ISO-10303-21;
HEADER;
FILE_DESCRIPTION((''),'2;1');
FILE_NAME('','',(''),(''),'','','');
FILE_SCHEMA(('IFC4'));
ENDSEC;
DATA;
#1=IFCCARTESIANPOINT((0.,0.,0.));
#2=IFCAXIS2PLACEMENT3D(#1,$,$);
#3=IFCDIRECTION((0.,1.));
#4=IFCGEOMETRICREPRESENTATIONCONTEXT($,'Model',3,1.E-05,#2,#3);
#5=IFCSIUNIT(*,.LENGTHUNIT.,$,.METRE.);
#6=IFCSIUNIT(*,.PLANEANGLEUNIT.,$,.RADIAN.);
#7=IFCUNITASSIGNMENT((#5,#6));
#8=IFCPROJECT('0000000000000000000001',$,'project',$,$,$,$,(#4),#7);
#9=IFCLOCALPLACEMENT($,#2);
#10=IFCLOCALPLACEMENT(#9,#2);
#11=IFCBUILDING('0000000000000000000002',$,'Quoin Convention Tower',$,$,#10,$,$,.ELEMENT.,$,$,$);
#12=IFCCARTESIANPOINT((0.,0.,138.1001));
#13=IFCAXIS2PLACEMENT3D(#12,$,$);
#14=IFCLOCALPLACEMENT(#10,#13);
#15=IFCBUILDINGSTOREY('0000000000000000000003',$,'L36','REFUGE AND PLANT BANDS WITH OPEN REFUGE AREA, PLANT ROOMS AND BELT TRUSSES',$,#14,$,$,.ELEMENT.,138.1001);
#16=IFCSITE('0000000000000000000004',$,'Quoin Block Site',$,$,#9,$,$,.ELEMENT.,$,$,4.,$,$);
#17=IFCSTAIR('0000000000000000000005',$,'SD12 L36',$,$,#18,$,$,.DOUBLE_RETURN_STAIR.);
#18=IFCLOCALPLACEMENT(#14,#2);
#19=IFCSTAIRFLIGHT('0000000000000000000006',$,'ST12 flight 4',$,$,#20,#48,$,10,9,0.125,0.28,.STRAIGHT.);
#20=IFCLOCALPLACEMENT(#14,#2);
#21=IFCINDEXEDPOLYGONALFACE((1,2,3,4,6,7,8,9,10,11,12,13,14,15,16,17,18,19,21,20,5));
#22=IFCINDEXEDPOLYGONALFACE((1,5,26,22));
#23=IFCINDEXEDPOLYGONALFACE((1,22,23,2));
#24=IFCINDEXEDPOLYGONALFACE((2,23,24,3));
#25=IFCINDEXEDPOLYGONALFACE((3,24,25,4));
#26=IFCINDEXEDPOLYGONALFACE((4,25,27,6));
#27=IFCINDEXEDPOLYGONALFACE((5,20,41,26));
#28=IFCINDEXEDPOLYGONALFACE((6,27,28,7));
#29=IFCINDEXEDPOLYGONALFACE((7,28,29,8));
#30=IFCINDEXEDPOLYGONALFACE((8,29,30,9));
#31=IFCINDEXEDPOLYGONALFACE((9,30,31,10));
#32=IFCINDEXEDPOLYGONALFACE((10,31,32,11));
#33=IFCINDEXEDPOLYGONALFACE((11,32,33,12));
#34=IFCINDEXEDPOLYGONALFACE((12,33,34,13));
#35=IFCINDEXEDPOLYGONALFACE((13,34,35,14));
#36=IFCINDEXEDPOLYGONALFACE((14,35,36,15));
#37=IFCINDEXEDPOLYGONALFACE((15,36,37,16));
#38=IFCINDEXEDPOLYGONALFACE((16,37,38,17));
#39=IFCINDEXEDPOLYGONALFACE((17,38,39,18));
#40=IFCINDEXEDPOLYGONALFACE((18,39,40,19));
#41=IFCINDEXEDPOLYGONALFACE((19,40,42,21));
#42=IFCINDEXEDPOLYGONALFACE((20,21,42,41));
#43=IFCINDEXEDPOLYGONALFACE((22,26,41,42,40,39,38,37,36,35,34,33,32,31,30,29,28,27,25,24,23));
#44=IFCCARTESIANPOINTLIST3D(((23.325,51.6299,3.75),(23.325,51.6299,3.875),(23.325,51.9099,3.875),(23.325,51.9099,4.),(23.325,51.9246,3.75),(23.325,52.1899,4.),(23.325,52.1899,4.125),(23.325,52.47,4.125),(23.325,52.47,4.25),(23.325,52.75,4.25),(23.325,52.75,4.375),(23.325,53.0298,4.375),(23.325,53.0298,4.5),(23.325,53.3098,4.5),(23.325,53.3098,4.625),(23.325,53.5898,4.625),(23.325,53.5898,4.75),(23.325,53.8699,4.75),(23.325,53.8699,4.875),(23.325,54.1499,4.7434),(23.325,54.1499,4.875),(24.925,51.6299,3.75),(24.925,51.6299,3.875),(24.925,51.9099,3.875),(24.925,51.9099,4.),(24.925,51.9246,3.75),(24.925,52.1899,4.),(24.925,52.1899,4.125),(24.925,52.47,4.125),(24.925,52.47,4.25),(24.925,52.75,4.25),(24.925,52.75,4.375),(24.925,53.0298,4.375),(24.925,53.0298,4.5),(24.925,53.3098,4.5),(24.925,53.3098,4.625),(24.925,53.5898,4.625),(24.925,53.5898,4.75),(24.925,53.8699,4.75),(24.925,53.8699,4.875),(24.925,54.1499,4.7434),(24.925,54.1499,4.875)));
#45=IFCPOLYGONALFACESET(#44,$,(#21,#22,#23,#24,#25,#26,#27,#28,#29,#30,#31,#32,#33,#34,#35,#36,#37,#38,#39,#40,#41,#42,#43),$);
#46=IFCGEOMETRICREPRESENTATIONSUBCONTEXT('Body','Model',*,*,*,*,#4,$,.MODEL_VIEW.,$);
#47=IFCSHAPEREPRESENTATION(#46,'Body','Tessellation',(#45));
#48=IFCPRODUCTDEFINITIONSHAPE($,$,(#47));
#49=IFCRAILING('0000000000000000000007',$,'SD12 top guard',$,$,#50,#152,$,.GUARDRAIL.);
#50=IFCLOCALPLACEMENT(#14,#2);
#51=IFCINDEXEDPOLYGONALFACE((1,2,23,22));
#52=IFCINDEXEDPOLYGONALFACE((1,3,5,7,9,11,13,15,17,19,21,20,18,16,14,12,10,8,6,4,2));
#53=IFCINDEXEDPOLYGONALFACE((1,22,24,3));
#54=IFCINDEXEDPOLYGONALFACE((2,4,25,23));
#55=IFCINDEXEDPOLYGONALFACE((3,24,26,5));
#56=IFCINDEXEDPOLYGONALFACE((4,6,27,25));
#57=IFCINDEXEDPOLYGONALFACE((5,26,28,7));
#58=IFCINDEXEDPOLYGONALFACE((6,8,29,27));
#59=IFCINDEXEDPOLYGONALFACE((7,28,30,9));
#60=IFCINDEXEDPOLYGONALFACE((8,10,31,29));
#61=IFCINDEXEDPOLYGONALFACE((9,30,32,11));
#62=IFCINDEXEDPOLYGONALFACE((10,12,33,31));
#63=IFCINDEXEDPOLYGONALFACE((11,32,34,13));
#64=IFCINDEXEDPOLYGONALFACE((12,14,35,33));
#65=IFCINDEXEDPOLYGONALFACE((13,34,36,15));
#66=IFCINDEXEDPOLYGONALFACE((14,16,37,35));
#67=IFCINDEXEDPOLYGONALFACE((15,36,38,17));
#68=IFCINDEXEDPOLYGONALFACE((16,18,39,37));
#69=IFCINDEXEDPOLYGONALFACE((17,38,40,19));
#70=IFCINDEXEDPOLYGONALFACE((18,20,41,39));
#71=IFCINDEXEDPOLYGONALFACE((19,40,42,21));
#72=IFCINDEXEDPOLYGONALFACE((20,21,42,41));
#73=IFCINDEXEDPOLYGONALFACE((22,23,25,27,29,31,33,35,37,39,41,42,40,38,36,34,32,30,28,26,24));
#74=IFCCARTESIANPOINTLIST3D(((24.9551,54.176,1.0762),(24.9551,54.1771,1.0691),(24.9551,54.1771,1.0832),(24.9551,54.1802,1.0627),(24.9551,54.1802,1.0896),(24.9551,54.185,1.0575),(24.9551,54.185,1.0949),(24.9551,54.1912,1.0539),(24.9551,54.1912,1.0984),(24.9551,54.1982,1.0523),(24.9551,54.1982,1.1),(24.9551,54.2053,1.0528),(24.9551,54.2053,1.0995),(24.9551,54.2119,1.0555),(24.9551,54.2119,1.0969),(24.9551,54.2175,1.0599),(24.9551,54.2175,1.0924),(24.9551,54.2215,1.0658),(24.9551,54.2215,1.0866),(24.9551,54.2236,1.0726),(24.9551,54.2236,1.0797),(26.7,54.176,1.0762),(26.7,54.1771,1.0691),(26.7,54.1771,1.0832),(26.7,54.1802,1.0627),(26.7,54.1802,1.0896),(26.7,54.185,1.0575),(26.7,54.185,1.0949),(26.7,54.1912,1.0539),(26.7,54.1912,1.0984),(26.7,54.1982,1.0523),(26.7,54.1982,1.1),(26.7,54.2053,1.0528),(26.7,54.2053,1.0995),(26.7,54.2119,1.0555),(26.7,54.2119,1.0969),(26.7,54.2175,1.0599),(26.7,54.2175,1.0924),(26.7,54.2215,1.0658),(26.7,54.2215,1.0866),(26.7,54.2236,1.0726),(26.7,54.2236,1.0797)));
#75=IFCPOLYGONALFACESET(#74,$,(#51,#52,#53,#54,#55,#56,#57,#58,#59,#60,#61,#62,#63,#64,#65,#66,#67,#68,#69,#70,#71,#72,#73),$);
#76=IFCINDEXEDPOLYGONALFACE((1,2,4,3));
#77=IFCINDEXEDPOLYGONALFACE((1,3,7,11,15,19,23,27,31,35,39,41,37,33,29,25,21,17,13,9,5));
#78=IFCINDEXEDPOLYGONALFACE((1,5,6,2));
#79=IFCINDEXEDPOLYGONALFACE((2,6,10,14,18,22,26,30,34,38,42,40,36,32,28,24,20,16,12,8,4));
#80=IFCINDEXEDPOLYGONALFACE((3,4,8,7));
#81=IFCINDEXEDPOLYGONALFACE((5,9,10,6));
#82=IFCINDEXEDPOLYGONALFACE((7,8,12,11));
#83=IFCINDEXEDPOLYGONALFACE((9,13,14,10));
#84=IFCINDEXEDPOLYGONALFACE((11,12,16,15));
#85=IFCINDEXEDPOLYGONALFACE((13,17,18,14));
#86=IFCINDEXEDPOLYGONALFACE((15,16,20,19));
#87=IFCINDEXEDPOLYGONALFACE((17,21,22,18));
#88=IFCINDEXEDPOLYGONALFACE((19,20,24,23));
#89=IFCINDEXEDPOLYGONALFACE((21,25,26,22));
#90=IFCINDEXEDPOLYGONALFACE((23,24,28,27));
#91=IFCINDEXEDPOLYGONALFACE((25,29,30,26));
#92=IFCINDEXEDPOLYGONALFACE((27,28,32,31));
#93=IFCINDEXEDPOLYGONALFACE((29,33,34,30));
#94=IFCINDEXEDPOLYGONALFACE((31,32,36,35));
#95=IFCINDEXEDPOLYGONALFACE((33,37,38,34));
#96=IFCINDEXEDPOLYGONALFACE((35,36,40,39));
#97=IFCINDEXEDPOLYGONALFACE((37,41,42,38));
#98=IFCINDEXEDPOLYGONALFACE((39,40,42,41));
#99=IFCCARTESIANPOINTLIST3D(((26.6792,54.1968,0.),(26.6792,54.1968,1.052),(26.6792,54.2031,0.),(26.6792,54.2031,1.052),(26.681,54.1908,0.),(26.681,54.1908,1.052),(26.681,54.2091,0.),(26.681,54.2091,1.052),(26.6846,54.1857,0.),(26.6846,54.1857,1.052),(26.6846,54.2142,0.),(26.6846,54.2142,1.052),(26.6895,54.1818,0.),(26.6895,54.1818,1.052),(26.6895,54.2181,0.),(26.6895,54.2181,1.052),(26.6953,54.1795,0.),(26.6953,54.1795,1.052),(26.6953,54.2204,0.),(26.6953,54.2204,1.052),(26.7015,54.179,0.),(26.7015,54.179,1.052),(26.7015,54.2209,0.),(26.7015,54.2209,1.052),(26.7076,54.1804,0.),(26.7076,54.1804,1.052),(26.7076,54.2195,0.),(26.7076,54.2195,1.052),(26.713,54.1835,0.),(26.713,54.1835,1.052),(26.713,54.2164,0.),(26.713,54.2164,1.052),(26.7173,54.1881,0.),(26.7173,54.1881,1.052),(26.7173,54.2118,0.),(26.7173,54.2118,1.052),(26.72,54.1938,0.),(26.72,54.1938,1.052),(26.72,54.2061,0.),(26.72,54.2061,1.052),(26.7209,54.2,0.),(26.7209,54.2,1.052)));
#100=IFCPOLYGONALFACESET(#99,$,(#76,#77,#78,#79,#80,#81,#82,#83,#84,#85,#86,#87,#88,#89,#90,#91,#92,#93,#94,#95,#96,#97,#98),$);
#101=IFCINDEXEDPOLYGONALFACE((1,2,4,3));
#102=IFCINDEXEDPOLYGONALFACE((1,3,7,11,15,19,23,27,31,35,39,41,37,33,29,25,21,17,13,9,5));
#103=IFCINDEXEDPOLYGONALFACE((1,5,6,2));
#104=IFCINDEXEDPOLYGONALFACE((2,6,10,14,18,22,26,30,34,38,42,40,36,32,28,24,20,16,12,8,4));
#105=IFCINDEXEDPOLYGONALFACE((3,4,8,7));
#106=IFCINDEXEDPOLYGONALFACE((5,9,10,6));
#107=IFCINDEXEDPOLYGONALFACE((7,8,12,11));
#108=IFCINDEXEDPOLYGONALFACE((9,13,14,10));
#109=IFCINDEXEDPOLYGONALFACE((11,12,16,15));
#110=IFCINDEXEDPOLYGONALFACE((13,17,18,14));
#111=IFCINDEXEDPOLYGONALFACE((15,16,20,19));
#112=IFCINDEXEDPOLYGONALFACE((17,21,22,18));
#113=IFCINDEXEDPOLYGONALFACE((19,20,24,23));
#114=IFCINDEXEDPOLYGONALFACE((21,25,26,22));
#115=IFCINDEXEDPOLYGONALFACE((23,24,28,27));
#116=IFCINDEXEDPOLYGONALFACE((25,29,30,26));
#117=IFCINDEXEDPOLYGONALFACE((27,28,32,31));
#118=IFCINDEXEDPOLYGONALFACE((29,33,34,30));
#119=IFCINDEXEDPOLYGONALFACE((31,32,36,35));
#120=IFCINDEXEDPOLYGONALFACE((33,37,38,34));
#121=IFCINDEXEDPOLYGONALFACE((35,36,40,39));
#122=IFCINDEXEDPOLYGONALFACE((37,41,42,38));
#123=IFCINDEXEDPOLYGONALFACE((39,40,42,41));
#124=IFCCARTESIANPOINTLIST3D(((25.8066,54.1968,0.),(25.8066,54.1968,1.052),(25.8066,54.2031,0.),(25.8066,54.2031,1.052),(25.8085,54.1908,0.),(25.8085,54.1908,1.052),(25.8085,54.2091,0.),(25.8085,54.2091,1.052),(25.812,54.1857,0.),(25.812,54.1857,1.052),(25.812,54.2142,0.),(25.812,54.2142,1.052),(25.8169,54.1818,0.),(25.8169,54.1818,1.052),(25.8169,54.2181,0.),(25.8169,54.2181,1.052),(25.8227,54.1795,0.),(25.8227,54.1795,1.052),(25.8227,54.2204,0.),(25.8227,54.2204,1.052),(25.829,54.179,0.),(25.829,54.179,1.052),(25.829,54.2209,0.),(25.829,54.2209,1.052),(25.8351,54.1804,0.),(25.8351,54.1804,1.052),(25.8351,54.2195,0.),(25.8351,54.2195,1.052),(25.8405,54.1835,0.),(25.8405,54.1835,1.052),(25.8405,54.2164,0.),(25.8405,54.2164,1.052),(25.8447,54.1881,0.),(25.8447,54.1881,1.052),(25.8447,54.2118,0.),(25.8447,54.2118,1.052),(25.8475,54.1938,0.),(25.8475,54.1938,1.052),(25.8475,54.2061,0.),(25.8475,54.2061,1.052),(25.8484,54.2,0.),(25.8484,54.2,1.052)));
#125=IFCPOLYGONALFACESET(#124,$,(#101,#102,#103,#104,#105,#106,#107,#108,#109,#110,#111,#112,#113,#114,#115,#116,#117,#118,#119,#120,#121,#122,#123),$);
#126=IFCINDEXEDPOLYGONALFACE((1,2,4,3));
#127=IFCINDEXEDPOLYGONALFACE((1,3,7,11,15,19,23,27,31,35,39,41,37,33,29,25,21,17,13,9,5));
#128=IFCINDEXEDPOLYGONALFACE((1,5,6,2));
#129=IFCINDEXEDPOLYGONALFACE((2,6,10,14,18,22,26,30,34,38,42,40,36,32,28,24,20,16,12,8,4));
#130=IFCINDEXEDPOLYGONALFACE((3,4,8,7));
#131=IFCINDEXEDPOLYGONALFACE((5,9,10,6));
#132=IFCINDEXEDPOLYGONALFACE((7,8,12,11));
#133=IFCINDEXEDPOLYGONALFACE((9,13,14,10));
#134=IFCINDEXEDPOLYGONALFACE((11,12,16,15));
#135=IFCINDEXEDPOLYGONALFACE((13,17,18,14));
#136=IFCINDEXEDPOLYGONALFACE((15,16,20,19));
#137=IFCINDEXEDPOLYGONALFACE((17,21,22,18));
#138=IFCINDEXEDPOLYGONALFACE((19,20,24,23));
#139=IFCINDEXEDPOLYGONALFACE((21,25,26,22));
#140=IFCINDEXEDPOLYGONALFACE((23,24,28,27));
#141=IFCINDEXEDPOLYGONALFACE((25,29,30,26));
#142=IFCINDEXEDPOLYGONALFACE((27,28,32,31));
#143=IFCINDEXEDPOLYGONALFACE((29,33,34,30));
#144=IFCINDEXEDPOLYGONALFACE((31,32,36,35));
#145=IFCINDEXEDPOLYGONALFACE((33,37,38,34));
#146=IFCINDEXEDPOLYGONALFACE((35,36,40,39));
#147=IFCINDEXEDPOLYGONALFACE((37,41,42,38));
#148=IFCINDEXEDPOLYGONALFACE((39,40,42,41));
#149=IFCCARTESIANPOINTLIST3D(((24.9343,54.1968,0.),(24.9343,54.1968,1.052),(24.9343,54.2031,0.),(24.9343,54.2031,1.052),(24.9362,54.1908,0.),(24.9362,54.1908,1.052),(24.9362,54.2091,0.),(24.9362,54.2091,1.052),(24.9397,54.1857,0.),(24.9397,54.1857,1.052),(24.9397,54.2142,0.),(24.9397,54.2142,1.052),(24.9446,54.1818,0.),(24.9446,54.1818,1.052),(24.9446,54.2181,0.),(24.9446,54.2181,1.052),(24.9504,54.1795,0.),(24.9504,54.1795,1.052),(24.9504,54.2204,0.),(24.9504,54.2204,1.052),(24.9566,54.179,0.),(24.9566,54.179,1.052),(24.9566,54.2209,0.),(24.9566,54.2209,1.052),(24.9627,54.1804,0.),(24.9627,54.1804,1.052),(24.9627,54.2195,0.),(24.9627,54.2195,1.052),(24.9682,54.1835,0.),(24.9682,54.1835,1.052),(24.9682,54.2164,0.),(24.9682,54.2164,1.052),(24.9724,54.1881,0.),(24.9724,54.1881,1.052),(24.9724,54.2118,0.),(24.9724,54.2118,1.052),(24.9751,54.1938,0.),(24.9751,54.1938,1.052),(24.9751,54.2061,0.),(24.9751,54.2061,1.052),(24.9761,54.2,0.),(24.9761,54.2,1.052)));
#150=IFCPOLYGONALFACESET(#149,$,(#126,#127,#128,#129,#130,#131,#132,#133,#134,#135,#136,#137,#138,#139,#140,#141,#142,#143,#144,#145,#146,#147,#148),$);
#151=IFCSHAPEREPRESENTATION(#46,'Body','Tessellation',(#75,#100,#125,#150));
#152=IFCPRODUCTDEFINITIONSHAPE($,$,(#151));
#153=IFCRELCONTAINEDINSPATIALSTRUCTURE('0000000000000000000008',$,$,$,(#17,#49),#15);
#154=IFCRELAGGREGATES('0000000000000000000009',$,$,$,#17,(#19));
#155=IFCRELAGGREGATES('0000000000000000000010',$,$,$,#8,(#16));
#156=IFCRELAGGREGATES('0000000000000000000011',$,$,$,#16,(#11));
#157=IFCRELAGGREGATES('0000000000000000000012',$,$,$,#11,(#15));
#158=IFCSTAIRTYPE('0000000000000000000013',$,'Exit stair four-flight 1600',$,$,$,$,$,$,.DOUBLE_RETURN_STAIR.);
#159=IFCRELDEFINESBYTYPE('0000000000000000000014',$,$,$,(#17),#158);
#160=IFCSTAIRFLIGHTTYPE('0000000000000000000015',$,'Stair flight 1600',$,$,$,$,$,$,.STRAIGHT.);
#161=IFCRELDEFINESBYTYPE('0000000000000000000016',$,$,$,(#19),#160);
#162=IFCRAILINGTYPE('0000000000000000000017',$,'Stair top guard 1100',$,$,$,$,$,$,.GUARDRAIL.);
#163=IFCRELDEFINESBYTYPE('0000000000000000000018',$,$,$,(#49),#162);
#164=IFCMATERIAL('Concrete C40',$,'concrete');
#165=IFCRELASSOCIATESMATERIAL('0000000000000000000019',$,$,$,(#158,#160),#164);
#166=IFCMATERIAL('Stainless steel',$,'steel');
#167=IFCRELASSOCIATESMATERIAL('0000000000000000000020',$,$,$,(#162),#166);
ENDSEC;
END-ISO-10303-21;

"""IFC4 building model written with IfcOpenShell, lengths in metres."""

from ifc_helpers import new_model, si_unit, direction, frame, origin, origin_2d, place, context, subcontext, project, spatial, polyline, circle, outline, extrude, material, type_object, element, aggregate, save


model = new_model("IFC4")

# Units and contexts
model_context = context("Model", 3, precision=1e-05, world=origin(), true_north=direction((0.0, 1.0)))
body_context = subcontext(model_context, "Body", "Model", "MODEL_VIEW")
ifc_project = project(units=[si_unit("LENGTHUNIT", "METRE"), si_unit("PLANEANGLEUNIT", "RADIAN")], contexts=[model_context])

# Site, building, storey
site_placement = place(None, origin())
site = spatial("IfcSite", under=ifc_project, at=site_placement, Name="Quoin Block Site", CompositionType="ELEMENT", RefElevation=4.0)
building_placement = place(site_placement, origin())
building = spatial("IfcBuilding", under=site, at=building_placement, Name="Quoin Convention Tower", CompositionType="ELEMENT")
storey_placement = place(building_placement, frame((0.0, 0.0, 138.1001)))
storey = spatial("IfcBuildingStorey", under=building, at=storey_placement, Name="L36", Description="REFUGE AND PLANT BANDS WITH OPEN REFUGE AREA, PLANT ROOMS AND BELT TRUSSES", CompositionType="ELEMENT", Elevation=138.1001)

# Stair, stair flight
ifc_material_1 = material(Name="Concrete C40", Category="concrete")
stair_type_1 = type_object("IfcStairType", Name="Exit stair four-flight 1600", PredefinedType="DOUBLE_RETURN_STAIR", material=ifc_material_1)
stair_1_placement = place(storey_placement, origin())
stair_1 = element("IfcStair", 1, at=stair_1_placement, inside=storey, type_object=stair_type_1, Name="SD12 L36", PredefinedType="DOUBLE_RETURN_STAIR")
stair_flight_type_1 = type_object("IfcStairFlightType", Name="Stair flight 1600", PredefinedType="STRAIGHT", material=ifc_material_1)
stair_flight_1_placement = place(storey_placement, frame((24.125, 51.6299, 3.75), z_axis=(0.0, 0.0, 1.0), x_axis=(0.0, 1.0, 0.0)))
stair_flight_1 = element("IfcStairFlight", 2, at=stair_flight_1_placement, type_object=stair_flight_type_1, Name="ST12 flight 4", NumberOfRisers=10, NumberOfTreads=9, PredefinedType="STRAIGHT", RiserHeight=0.125, TreadLength=0.28, context=body_context, shape_type="SweptSolid", body=[
    extrude(outline(polyline([(0.0, 0.0), (0.0, 0.125), (0.28, 0.125), (0.28, 0.25), (0.5601, 0.25), (0.5601, 0.375), (0.8401, 0.375), (0.8401, 0.5), (1.1201, 0.5), (1.1201, 0.625), (1.3999, 0.625), (1.3999, 0.75), (1.6799, 0.75), (1.6799, 0.875), (1.96, 0.875), (1.96, 1.0), (2.24, 1.0), (2.24, 1.125), (2.52, 1.125), (2.52, 1.25), (2.52, 0.9934), (0.2947, 0.0), (0.0, 0.0)])), frame((0.0, 0.8, 0.0), z_axis=(0.0, -1.0, 0.0), x_axis=(1.0, 0.0, 0.0)), (0.0, 0.0, 1.0), 1.6001),
])
aggregate(stair_1, [stair_flight_1])

# Railing
ifc_material_2 = material(Name="Stainless steel", Category="steel")
railing_type_1 = type_object("IfcRailingType", Name="Stair top guard 1100", PredefinedType="GUARDRAIL", material=ifc_material_2)
railing_1_placement = place(storey_placement, frame((26.7, 54.2, 0.0)))
element("IfcRailing", 3, at=railing_1_placement, inside=storey, type_object=railing_type_1, Name="SD12 top guard", PredefinedType="GUARDRAIL", context=body_context, shape_type="SweptSolid", body=[
    extrude(circle(Radius=0.0239, at=origin_2d()), frame((0.0, 0.0, 1.0762), z_axis=(-1.0, 0.0, 0.0), x_axis=(0.0, -1.0, 0.0)), (0.0, 0.0, 1.0), 1.7449),
    extrude(circle(Radius=0.021, at=origin_2d()), origin(), (0.0, 0.0, 1.0), 1.052),
    extrude(circle(Radius=0.021, at=origin_2d()), frame((-0.8726, 0.0, 0.0)), (0.0, 0.0, 1.0), 1.052),
    extrude(circle(Radius=0.021, at=origin_2d()), frame((-1.7449, 0.0, 0.0)), (0.0, 0.0, 1.0), 1.052),
])

save(model, "model.ifc")
